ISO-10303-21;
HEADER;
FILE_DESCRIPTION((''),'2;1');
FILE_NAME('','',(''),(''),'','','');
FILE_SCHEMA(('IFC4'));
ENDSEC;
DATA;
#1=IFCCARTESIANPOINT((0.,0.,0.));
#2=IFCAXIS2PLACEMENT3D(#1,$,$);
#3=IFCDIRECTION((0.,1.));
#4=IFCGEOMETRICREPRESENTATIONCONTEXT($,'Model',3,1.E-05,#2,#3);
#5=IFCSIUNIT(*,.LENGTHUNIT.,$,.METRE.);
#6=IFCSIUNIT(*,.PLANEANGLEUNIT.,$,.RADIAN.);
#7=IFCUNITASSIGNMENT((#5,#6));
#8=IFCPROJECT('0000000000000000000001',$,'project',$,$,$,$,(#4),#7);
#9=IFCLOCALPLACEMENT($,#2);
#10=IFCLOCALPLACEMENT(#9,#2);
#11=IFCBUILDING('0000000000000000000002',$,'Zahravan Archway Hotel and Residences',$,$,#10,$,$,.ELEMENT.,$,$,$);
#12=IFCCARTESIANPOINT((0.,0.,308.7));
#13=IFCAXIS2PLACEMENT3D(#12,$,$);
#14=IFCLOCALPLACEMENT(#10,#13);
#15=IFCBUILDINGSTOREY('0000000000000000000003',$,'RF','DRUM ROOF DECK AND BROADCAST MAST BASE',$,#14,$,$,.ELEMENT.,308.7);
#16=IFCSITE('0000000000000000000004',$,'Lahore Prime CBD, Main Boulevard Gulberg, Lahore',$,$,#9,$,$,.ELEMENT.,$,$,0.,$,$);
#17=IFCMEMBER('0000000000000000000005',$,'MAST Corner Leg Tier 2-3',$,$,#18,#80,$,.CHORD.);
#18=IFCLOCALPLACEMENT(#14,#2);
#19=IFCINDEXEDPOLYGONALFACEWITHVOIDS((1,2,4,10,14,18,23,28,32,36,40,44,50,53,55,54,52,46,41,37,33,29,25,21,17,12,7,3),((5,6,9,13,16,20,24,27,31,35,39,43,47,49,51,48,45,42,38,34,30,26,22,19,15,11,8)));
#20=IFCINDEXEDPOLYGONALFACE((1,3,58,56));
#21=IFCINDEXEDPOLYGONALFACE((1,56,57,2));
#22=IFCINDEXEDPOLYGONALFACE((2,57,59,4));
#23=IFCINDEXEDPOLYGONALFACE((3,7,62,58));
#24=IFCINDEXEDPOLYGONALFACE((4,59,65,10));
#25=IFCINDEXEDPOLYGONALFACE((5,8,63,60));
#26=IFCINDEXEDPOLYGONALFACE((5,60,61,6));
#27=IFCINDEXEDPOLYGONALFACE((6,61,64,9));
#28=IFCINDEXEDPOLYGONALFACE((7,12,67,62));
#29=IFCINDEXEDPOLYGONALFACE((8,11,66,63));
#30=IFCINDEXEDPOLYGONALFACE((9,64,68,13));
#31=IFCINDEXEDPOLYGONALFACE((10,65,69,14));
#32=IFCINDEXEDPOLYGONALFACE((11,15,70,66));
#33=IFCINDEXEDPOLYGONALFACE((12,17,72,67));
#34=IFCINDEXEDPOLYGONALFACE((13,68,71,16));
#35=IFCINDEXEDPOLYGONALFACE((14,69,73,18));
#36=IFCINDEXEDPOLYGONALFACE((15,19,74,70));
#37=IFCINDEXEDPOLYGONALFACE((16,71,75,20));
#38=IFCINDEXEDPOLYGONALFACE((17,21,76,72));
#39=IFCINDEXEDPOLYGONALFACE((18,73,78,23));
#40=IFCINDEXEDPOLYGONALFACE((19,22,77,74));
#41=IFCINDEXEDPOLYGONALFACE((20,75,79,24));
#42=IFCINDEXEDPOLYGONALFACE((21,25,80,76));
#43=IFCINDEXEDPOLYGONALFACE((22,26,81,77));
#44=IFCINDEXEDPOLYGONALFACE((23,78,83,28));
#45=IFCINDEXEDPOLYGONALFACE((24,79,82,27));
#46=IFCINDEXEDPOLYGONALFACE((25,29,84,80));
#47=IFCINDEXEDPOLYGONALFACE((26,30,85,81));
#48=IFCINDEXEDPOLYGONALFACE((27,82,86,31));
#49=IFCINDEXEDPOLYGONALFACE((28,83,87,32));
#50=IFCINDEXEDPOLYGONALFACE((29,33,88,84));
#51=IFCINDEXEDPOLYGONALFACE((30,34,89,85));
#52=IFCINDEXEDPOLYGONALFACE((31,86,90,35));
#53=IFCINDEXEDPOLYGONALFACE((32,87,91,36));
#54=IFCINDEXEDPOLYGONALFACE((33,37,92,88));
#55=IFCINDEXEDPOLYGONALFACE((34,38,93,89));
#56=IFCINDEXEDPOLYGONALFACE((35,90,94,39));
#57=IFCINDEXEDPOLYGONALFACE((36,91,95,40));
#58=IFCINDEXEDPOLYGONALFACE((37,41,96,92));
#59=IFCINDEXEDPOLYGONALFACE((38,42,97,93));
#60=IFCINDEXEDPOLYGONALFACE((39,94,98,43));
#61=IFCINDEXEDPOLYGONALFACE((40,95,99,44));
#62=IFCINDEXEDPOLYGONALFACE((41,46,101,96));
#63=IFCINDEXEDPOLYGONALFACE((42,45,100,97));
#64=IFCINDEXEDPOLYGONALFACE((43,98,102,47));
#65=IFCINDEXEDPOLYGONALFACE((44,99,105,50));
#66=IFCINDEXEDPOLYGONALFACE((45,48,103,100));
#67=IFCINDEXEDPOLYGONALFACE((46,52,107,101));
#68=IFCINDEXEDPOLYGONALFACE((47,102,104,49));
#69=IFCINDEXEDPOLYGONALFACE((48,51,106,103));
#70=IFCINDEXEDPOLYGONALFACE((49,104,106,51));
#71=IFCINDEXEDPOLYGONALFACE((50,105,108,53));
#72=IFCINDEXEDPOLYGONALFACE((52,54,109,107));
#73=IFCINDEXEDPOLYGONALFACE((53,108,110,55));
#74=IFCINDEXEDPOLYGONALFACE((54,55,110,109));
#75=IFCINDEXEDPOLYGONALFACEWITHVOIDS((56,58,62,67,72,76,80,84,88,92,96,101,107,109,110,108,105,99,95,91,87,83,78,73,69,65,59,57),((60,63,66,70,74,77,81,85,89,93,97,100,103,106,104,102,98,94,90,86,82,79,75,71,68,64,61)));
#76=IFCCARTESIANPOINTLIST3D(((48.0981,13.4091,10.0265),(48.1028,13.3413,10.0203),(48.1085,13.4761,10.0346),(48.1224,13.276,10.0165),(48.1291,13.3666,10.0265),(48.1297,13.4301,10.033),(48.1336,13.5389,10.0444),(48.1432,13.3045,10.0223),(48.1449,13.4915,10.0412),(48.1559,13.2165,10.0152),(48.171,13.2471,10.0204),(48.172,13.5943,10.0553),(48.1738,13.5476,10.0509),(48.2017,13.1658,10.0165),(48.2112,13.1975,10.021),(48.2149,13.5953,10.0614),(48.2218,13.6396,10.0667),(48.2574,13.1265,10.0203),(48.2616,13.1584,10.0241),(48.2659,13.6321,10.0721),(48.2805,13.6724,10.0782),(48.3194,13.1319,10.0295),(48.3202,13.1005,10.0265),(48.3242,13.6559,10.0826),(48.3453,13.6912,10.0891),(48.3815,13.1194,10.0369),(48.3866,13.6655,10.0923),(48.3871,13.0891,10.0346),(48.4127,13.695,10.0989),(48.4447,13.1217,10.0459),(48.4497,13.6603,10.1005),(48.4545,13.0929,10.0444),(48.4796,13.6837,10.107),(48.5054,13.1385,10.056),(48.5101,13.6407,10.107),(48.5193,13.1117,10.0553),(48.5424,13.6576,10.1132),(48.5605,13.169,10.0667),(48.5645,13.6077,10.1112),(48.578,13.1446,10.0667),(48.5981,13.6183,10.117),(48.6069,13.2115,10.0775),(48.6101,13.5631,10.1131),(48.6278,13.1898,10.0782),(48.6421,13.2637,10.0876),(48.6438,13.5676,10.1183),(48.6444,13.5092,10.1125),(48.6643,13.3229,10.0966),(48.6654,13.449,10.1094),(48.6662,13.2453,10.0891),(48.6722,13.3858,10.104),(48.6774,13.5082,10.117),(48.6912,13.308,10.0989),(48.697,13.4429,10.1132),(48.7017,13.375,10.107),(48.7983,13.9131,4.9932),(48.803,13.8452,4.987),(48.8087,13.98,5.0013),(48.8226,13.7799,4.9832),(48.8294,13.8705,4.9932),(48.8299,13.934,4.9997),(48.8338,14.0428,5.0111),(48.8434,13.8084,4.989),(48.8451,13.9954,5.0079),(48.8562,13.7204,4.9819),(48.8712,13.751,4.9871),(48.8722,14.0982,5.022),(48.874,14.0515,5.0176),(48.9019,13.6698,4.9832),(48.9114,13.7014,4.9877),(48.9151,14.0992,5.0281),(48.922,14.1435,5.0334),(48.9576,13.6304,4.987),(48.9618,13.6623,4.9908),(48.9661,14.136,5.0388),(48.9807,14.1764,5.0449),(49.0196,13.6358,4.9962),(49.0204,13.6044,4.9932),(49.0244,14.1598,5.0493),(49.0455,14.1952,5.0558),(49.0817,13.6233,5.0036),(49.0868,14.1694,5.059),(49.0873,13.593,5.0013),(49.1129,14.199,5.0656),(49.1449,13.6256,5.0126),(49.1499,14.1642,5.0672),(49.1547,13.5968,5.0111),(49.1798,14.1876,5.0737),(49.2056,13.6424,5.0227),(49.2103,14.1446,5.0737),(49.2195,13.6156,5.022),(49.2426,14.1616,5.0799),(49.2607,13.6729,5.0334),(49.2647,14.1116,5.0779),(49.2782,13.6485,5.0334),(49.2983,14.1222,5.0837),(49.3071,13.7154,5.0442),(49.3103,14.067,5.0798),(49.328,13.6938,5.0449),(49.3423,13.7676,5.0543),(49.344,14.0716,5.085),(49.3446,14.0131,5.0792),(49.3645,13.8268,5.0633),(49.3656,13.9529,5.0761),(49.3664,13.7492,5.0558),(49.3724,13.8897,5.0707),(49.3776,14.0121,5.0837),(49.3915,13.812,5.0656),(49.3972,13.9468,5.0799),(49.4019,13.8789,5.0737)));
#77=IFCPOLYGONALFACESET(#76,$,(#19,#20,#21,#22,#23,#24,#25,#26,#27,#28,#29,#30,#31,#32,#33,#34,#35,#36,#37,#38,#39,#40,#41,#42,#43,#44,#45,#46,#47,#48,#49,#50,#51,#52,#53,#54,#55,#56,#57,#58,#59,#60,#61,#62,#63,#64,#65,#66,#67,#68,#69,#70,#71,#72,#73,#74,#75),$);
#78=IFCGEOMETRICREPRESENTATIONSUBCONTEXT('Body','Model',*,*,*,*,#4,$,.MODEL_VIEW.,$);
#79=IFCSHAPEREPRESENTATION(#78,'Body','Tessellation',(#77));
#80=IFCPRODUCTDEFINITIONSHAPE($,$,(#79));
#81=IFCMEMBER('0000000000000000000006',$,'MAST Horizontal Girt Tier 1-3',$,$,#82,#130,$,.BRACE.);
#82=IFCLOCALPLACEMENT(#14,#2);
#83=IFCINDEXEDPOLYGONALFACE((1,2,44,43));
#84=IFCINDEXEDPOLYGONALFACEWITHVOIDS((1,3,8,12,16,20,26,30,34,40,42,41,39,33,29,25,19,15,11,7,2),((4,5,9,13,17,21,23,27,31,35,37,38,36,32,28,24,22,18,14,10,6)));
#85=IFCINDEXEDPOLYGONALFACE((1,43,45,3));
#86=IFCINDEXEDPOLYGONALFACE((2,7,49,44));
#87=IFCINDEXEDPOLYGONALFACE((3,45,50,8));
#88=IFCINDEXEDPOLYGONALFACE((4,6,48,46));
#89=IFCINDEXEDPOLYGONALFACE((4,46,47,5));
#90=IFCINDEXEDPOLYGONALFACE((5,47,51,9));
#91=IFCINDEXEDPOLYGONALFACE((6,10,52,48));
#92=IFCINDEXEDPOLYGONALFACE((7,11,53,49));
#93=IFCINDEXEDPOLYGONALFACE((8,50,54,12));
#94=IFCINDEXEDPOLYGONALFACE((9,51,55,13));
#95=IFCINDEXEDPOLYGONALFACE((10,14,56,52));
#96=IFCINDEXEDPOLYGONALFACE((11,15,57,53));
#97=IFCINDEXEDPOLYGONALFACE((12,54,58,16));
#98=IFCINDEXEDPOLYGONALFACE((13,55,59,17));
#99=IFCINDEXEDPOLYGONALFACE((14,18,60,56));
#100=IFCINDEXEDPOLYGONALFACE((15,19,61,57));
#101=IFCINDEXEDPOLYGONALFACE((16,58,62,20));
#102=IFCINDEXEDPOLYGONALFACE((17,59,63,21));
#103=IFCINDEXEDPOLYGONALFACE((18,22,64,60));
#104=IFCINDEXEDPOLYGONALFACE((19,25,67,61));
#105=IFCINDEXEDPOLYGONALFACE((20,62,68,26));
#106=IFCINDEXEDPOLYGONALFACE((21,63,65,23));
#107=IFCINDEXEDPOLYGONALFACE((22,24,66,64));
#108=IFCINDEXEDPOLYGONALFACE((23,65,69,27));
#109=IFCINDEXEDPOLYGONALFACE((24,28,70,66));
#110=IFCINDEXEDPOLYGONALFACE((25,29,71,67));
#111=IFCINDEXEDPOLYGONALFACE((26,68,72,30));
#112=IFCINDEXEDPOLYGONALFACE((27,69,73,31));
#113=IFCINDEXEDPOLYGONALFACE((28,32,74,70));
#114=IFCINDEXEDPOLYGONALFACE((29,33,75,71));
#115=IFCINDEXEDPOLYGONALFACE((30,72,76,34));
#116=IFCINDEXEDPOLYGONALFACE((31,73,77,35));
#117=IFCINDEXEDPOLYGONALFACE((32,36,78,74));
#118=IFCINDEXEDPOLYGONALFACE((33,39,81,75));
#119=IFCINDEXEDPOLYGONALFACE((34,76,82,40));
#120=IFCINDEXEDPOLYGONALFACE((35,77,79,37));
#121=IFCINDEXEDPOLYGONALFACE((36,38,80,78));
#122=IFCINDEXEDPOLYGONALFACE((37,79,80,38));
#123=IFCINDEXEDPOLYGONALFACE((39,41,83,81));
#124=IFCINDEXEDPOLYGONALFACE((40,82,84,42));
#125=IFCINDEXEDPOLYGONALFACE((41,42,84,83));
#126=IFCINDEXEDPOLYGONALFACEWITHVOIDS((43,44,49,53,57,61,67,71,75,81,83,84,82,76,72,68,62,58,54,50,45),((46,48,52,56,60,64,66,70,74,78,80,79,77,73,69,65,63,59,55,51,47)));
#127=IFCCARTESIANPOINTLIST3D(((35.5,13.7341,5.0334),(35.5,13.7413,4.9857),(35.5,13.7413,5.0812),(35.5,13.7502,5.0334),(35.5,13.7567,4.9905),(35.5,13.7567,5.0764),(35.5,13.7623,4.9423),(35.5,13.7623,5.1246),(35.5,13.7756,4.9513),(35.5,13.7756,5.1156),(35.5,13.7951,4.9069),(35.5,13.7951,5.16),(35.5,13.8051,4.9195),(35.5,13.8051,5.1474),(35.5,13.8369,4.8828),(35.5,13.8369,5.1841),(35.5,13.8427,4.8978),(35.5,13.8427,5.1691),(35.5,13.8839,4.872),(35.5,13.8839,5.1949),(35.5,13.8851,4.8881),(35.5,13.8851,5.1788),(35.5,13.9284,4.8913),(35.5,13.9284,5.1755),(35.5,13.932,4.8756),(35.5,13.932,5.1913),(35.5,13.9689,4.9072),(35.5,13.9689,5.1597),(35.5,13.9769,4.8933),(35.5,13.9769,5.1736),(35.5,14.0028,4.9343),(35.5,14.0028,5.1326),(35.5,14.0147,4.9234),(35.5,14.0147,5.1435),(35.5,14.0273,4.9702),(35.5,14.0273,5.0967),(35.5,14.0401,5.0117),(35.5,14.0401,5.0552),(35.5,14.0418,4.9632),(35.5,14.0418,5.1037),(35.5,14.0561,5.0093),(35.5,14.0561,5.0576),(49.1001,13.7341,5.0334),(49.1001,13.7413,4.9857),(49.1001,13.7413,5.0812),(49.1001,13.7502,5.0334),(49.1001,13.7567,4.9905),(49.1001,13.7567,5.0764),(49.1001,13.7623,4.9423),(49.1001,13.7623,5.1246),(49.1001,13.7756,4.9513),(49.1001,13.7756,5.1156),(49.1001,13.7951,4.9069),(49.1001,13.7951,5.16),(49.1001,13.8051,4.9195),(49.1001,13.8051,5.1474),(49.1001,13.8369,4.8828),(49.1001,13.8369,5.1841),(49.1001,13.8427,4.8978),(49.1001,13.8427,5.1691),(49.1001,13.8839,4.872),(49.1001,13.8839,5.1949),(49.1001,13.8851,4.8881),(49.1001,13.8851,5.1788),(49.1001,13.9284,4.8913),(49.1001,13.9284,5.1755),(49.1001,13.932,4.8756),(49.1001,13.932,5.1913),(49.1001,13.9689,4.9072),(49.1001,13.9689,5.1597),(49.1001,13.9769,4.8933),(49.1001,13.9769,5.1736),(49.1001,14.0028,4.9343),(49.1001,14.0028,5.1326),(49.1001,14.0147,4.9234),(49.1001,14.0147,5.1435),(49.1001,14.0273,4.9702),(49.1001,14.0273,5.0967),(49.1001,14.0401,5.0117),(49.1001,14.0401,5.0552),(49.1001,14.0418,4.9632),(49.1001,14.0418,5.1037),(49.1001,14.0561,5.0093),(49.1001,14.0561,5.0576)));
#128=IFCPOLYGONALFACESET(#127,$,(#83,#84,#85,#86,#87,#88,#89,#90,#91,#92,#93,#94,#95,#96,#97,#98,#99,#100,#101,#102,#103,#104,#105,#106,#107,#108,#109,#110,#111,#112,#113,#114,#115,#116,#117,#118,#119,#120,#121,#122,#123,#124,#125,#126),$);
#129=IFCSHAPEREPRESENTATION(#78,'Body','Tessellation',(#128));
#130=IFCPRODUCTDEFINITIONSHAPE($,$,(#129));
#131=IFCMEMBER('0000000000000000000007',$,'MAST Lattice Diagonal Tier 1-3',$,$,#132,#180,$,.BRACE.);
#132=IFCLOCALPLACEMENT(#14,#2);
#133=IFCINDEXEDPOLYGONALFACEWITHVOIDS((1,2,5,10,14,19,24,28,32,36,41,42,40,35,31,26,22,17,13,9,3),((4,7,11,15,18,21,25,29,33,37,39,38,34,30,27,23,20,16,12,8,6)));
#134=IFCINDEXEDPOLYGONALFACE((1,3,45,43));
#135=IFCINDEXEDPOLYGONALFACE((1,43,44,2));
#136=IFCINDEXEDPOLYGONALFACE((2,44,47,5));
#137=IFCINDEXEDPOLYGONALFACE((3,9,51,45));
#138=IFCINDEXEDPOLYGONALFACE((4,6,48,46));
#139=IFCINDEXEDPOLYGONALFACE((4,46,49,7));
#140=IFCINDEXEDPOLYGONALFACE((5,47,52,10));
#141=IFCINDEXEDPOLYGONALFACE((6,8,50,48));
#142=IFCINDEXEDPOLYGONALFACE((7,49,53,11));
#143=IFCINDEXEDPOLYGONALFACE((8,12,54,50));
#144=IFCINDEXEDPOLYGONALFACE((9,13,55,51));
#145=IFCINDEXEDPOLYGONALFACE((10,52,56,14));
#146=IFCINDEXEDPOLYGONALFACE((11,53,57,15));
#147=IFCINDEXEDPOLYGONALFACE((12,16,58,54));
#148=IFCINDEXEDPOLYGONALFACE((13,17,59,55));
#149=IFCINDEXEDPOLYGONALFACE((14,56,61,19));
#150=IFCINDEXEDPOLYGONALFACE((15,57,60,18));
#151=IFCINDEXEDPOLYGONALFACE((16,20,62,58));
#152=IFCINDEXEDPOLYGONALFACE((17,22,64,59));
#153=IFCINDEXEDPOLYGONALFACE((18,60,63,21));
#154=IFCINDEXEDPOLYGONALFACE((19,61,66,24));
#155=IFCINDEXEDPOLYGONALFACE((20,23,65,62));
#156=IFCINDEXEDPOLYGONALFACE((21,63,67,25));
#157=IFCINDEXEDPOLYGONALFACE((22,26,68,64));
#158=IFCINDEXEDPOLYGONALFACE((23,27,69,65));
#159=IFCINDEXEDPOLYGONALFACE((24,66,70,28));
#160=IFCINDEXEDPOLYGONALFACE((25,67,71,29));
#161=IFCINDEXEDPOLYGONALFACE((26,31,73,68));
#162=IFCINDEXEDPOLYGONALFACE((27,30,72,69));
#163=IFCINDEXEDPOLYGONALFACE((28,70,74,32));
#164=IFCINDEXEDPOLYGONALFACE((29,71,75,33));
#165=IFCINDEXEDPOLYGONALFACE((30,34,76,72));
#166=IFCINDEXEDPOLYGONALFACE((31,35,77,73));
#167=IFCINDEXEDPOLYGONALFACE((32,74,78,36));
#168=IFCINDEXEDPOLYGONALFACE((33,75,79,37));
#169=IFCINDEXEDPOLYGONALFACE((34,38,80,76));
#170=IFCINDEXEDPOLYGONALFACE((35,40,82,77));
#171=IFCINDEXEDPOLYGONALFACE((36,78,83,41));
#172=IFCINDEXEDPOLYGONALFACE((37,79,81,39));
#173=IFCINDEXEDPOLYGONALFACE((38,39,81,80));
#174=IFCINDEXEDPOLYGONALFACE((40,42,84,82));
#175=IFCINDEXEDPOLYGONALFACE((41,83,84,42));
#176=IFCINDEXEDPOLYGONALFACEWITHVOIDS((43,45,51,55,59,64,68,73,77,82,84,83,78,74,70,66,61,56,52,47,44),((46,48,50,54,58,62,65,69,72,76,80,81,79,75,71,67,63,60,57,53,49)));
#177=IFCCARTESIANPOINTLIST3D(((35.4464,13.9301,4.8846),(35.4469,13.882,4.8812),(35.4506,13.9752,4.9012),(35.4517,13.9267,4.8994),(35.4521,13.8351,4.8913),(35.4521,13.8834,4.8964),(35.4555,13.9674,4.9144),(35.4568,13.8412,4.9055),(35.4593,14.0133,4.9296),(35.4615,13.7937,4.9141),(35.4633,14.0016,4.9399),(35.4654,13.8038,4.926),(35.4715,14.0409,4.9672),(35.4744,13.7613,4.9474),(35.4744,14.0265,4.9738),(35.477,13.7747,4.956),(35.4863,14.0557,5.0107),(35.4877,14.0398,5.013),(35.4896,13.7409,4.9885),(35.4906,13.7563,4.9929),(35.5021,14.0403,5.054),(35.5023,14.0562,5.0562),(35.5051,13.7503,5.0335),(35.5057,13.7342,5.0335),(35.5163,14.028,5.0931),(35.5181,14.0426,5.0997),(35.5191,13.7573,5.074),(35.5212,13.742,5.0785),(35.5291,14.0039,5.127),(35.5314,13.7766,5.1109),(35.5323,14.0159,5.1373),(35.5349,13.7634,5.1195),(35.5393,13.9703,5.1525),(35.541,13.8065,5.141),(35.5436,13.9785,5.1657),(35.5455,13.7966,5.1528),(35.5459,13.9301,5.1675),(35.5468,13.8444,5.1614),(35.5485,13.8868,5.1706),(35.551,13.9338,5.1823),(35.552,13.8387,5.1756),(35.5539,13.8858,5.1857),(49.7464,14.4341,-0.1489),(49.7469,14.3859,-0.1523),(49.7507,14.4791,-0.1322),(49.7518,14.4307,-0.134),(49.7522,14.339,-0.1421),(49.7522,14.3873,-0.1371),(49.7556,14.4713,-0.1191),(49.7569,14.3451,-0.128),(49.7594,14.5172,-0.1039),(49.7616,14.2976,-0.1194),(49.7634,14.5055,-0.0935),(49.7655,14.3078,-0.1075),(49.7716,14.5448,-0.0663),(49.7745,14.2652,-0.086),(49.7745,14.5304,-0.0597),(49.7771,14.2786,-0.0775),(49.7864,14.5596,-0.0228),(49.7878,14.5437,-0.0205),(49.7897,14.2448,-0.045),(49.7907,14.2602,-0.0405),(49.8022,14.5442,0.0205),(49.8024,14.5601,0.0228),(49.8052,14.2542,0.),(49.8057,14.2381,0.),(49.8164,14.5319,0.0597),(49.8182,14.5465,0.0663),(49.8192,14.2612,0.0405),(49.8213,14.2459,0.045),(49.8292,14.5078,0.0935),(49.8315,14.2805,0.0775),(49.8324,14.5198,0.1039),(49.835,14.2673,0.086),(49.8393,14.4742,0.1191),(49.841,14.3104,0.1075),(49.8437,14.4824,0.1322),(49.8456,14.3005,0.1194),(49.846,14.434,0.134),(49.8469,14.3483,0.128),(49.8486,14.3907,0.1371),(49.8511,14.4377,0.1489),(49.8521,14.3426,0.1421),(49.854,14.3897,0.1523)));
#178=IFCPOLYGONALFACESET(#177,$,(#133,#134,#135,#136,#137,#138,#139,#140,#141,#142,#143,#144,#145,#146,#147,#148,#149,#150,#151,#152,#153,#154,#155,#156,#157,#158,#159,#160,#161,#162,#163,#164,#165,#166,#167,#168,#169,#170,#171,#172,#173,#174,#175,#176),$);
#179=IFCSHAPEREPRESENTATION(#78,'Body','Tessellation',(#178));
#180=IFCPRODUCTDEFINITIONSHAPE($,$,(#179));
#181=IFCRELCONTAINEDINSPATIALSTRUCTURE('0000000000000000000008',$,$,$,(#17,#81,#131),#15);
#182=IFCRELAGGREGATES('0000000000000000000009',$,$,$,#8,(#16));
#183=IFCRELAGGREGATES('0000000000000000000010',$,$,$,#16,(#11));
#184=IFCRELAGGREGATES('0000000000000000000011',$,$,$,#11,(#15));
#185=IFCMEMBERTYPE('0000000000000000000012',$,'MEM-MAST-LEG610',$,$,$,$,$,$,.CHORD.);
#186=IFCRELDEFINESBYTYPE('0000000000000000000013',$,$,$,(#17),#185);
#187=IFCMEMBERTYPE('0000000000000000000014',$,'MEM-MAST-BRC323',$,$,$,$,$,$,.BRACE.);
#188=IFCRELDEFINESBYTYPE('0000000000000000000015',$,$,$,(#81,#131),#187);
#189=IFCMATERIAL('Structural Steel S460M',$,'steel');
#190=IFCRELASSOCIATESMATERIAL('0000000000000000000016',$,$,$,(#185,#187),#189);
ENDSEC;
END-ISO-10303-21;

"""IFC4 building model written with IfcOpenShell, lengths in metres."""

from ifc_helpers import new_model, si_unit, direction, frame, origin, origin_2d, place, context, subcontext, project, spatial, hollow_circle, extrude, source, transform, mapped, material, material_profile, profile_set, type_object, type_shapes, element, save


model = new_model("IFC4")

# Units and contexts
model_context = context("Model", 3, precision=1e-05, world=origin(), true_north=direction((0.0, 1.0)))
body_context = subcontext(model_context, "Body", "Model", "MODEL_VIEW")
ifc_project = project(units=[si_unit("LENGTHUNIT", "METRE"), si_unit("PLANEANGLEUNIT", "RADIAN")], contexts=[model_context])

# Site, building, storey
site_placement = place(None, origin())
site = spatial("IfcSite", under=ifc_project, at=site_placement, Name="Lahore Prime CBD, Main Boulevard Gulberg, Lahore", CompositionType="ELEMENT", RefElevation=0.0)
building_placement = place(site_placement, origin())
building = spatial("IfcBuilding", under=site, at=building_placement, Name="Zahravan Archway Hotel and Residences", CompositionType="ELEMENT")
storey_placement = place(building_placement, frame((0.0, 0.0, 308.7)))
storey = spatial("IfcBuildingStorey", under=building, at=storey_placement, Name="RF", Description="DRUM ROOF DECK AND BROADCAST MAST BASE", CompositionType="ELEMENT", Elevation=308.7)

# Members
ifc_material_1 = material(Name="Structural Steel S460M", Category="steel")
ifc_material_profile_1 = material_profile(ifc_material_1, hollow_circle(Radius=0.3049, WallThickness=0.03, at=origin_2d()), Name="CHS 610x30", Category="steel")
ifc_profile_set_1 = profile_set([ifc_material_profile_1], Name="Structural Steel S460M")
member_type_1 = type_object("IfcMemberType", Name="MEM-MAST-LEG610", PredefinedType="CHORD", material=ifc_profile_set_1)
shared_shape_1 = source(origin(), body_context, "Body", "SweptSolid", [
    extrude(hollow_circle(Radius=0.3049, WallThickness=0.03, at=origin_2d()), origin(), (0.0, 0.0, 1.0), 5.1067),
])
type_shapes(member_type_1, [shared_shape_1])
for number, where, z_axis, x_axis, name in (
    (1, (49.1001, 13.896, 5.0334), (-0.137116, -0.098678, 0.985628), (0.584126, -0.811663, 0.0), "MAST Corner Leg Tier 2-3"),
):
    element("IfcMember", number, at=place(storey_placement, frame(where, z_axis=z_axis, x_axis=x_axis)), inside=storey, type_object=member_type_1, Name=name, PredefinedType="CHORD", context=body_context, shape_type="MappedRepresentation", body=[
        mapped(shared_shape_1, transform((0.0, 0.0, 0.0), scale=1.0)),
    ])
ifc_material_profile_2 = material_profile(ifc_material_1, hollow_circle(Radius=0.1619, WallThickness=0.0161, at=origin_2d()), Name="CHS 323.9x16", Category="steel")
ifc_profile_set_2 = profile_set([ifc_material_profile_2], Name="Structural Steel S460M")
member_type_2 = type_object("IfcMemberType", Name="MEM-MAST-BRC323", PredefinedType="BRACE", material=ifc_profile_set_2)
shared_shape_2 = source(origin(), body_context, "Body", "SweptSolid", [
    extrude(hollow_circle(Radius=0.1619, WallThickness=0.0161, at=origin_2d()), origin(), (0.0, 0.0, 1.0), 13.6001),
])
type_shapes(member_type_2, [shared_shape_2])
member_1_placement = place(storey_placement, frame((49.1001, 13.896, 5.0334), z_axis=(-1.0, 0.0, 0.0), x_axis=(0.0, -1.0, 0.0)))
element("IfcMember", 2, at=member_1_placement, inside=storey, type_object=member_type_2, Name="MAST Horizontal Girt Tier 1-3", PredefinedType="BRACE", context=body_context, shape_type="MappedRepresentation", body=[
    mapped(shared_shape_2, transform((0.0, 0.0, 0.0), scale=1.0)),
])
shared_shape_3 = source(origin(), body_context, "Body", "SweptSolid", [
    extrude(hollow_circle(Radius=0.1619, WallThickness=0.0161, at=origin_2d()), origin(), (0.0, 0.0, 1.0), 15.1685),
])
member_2_placement = place(storey_placement, frame((49.8, 14.3999, 0.0), z_axis=(-0.942751, -0.033221, 0.331837), x_axis=(0.035216, -0.99938, 0.0)))
element("IfcMember", 3, at=member_2_placement, inside=storey, type_object=member_type_2, Name="MAST Lattice Diagonal Tier 1-3", PredefinedType="BRACE", context=body_context, shape_type="MappedRepresentation", body=[
    mapped(shared_shape_3, transform((0.0, 0.0, 0.0), scale=1.0)),
])

save(model, "model.ifc")
